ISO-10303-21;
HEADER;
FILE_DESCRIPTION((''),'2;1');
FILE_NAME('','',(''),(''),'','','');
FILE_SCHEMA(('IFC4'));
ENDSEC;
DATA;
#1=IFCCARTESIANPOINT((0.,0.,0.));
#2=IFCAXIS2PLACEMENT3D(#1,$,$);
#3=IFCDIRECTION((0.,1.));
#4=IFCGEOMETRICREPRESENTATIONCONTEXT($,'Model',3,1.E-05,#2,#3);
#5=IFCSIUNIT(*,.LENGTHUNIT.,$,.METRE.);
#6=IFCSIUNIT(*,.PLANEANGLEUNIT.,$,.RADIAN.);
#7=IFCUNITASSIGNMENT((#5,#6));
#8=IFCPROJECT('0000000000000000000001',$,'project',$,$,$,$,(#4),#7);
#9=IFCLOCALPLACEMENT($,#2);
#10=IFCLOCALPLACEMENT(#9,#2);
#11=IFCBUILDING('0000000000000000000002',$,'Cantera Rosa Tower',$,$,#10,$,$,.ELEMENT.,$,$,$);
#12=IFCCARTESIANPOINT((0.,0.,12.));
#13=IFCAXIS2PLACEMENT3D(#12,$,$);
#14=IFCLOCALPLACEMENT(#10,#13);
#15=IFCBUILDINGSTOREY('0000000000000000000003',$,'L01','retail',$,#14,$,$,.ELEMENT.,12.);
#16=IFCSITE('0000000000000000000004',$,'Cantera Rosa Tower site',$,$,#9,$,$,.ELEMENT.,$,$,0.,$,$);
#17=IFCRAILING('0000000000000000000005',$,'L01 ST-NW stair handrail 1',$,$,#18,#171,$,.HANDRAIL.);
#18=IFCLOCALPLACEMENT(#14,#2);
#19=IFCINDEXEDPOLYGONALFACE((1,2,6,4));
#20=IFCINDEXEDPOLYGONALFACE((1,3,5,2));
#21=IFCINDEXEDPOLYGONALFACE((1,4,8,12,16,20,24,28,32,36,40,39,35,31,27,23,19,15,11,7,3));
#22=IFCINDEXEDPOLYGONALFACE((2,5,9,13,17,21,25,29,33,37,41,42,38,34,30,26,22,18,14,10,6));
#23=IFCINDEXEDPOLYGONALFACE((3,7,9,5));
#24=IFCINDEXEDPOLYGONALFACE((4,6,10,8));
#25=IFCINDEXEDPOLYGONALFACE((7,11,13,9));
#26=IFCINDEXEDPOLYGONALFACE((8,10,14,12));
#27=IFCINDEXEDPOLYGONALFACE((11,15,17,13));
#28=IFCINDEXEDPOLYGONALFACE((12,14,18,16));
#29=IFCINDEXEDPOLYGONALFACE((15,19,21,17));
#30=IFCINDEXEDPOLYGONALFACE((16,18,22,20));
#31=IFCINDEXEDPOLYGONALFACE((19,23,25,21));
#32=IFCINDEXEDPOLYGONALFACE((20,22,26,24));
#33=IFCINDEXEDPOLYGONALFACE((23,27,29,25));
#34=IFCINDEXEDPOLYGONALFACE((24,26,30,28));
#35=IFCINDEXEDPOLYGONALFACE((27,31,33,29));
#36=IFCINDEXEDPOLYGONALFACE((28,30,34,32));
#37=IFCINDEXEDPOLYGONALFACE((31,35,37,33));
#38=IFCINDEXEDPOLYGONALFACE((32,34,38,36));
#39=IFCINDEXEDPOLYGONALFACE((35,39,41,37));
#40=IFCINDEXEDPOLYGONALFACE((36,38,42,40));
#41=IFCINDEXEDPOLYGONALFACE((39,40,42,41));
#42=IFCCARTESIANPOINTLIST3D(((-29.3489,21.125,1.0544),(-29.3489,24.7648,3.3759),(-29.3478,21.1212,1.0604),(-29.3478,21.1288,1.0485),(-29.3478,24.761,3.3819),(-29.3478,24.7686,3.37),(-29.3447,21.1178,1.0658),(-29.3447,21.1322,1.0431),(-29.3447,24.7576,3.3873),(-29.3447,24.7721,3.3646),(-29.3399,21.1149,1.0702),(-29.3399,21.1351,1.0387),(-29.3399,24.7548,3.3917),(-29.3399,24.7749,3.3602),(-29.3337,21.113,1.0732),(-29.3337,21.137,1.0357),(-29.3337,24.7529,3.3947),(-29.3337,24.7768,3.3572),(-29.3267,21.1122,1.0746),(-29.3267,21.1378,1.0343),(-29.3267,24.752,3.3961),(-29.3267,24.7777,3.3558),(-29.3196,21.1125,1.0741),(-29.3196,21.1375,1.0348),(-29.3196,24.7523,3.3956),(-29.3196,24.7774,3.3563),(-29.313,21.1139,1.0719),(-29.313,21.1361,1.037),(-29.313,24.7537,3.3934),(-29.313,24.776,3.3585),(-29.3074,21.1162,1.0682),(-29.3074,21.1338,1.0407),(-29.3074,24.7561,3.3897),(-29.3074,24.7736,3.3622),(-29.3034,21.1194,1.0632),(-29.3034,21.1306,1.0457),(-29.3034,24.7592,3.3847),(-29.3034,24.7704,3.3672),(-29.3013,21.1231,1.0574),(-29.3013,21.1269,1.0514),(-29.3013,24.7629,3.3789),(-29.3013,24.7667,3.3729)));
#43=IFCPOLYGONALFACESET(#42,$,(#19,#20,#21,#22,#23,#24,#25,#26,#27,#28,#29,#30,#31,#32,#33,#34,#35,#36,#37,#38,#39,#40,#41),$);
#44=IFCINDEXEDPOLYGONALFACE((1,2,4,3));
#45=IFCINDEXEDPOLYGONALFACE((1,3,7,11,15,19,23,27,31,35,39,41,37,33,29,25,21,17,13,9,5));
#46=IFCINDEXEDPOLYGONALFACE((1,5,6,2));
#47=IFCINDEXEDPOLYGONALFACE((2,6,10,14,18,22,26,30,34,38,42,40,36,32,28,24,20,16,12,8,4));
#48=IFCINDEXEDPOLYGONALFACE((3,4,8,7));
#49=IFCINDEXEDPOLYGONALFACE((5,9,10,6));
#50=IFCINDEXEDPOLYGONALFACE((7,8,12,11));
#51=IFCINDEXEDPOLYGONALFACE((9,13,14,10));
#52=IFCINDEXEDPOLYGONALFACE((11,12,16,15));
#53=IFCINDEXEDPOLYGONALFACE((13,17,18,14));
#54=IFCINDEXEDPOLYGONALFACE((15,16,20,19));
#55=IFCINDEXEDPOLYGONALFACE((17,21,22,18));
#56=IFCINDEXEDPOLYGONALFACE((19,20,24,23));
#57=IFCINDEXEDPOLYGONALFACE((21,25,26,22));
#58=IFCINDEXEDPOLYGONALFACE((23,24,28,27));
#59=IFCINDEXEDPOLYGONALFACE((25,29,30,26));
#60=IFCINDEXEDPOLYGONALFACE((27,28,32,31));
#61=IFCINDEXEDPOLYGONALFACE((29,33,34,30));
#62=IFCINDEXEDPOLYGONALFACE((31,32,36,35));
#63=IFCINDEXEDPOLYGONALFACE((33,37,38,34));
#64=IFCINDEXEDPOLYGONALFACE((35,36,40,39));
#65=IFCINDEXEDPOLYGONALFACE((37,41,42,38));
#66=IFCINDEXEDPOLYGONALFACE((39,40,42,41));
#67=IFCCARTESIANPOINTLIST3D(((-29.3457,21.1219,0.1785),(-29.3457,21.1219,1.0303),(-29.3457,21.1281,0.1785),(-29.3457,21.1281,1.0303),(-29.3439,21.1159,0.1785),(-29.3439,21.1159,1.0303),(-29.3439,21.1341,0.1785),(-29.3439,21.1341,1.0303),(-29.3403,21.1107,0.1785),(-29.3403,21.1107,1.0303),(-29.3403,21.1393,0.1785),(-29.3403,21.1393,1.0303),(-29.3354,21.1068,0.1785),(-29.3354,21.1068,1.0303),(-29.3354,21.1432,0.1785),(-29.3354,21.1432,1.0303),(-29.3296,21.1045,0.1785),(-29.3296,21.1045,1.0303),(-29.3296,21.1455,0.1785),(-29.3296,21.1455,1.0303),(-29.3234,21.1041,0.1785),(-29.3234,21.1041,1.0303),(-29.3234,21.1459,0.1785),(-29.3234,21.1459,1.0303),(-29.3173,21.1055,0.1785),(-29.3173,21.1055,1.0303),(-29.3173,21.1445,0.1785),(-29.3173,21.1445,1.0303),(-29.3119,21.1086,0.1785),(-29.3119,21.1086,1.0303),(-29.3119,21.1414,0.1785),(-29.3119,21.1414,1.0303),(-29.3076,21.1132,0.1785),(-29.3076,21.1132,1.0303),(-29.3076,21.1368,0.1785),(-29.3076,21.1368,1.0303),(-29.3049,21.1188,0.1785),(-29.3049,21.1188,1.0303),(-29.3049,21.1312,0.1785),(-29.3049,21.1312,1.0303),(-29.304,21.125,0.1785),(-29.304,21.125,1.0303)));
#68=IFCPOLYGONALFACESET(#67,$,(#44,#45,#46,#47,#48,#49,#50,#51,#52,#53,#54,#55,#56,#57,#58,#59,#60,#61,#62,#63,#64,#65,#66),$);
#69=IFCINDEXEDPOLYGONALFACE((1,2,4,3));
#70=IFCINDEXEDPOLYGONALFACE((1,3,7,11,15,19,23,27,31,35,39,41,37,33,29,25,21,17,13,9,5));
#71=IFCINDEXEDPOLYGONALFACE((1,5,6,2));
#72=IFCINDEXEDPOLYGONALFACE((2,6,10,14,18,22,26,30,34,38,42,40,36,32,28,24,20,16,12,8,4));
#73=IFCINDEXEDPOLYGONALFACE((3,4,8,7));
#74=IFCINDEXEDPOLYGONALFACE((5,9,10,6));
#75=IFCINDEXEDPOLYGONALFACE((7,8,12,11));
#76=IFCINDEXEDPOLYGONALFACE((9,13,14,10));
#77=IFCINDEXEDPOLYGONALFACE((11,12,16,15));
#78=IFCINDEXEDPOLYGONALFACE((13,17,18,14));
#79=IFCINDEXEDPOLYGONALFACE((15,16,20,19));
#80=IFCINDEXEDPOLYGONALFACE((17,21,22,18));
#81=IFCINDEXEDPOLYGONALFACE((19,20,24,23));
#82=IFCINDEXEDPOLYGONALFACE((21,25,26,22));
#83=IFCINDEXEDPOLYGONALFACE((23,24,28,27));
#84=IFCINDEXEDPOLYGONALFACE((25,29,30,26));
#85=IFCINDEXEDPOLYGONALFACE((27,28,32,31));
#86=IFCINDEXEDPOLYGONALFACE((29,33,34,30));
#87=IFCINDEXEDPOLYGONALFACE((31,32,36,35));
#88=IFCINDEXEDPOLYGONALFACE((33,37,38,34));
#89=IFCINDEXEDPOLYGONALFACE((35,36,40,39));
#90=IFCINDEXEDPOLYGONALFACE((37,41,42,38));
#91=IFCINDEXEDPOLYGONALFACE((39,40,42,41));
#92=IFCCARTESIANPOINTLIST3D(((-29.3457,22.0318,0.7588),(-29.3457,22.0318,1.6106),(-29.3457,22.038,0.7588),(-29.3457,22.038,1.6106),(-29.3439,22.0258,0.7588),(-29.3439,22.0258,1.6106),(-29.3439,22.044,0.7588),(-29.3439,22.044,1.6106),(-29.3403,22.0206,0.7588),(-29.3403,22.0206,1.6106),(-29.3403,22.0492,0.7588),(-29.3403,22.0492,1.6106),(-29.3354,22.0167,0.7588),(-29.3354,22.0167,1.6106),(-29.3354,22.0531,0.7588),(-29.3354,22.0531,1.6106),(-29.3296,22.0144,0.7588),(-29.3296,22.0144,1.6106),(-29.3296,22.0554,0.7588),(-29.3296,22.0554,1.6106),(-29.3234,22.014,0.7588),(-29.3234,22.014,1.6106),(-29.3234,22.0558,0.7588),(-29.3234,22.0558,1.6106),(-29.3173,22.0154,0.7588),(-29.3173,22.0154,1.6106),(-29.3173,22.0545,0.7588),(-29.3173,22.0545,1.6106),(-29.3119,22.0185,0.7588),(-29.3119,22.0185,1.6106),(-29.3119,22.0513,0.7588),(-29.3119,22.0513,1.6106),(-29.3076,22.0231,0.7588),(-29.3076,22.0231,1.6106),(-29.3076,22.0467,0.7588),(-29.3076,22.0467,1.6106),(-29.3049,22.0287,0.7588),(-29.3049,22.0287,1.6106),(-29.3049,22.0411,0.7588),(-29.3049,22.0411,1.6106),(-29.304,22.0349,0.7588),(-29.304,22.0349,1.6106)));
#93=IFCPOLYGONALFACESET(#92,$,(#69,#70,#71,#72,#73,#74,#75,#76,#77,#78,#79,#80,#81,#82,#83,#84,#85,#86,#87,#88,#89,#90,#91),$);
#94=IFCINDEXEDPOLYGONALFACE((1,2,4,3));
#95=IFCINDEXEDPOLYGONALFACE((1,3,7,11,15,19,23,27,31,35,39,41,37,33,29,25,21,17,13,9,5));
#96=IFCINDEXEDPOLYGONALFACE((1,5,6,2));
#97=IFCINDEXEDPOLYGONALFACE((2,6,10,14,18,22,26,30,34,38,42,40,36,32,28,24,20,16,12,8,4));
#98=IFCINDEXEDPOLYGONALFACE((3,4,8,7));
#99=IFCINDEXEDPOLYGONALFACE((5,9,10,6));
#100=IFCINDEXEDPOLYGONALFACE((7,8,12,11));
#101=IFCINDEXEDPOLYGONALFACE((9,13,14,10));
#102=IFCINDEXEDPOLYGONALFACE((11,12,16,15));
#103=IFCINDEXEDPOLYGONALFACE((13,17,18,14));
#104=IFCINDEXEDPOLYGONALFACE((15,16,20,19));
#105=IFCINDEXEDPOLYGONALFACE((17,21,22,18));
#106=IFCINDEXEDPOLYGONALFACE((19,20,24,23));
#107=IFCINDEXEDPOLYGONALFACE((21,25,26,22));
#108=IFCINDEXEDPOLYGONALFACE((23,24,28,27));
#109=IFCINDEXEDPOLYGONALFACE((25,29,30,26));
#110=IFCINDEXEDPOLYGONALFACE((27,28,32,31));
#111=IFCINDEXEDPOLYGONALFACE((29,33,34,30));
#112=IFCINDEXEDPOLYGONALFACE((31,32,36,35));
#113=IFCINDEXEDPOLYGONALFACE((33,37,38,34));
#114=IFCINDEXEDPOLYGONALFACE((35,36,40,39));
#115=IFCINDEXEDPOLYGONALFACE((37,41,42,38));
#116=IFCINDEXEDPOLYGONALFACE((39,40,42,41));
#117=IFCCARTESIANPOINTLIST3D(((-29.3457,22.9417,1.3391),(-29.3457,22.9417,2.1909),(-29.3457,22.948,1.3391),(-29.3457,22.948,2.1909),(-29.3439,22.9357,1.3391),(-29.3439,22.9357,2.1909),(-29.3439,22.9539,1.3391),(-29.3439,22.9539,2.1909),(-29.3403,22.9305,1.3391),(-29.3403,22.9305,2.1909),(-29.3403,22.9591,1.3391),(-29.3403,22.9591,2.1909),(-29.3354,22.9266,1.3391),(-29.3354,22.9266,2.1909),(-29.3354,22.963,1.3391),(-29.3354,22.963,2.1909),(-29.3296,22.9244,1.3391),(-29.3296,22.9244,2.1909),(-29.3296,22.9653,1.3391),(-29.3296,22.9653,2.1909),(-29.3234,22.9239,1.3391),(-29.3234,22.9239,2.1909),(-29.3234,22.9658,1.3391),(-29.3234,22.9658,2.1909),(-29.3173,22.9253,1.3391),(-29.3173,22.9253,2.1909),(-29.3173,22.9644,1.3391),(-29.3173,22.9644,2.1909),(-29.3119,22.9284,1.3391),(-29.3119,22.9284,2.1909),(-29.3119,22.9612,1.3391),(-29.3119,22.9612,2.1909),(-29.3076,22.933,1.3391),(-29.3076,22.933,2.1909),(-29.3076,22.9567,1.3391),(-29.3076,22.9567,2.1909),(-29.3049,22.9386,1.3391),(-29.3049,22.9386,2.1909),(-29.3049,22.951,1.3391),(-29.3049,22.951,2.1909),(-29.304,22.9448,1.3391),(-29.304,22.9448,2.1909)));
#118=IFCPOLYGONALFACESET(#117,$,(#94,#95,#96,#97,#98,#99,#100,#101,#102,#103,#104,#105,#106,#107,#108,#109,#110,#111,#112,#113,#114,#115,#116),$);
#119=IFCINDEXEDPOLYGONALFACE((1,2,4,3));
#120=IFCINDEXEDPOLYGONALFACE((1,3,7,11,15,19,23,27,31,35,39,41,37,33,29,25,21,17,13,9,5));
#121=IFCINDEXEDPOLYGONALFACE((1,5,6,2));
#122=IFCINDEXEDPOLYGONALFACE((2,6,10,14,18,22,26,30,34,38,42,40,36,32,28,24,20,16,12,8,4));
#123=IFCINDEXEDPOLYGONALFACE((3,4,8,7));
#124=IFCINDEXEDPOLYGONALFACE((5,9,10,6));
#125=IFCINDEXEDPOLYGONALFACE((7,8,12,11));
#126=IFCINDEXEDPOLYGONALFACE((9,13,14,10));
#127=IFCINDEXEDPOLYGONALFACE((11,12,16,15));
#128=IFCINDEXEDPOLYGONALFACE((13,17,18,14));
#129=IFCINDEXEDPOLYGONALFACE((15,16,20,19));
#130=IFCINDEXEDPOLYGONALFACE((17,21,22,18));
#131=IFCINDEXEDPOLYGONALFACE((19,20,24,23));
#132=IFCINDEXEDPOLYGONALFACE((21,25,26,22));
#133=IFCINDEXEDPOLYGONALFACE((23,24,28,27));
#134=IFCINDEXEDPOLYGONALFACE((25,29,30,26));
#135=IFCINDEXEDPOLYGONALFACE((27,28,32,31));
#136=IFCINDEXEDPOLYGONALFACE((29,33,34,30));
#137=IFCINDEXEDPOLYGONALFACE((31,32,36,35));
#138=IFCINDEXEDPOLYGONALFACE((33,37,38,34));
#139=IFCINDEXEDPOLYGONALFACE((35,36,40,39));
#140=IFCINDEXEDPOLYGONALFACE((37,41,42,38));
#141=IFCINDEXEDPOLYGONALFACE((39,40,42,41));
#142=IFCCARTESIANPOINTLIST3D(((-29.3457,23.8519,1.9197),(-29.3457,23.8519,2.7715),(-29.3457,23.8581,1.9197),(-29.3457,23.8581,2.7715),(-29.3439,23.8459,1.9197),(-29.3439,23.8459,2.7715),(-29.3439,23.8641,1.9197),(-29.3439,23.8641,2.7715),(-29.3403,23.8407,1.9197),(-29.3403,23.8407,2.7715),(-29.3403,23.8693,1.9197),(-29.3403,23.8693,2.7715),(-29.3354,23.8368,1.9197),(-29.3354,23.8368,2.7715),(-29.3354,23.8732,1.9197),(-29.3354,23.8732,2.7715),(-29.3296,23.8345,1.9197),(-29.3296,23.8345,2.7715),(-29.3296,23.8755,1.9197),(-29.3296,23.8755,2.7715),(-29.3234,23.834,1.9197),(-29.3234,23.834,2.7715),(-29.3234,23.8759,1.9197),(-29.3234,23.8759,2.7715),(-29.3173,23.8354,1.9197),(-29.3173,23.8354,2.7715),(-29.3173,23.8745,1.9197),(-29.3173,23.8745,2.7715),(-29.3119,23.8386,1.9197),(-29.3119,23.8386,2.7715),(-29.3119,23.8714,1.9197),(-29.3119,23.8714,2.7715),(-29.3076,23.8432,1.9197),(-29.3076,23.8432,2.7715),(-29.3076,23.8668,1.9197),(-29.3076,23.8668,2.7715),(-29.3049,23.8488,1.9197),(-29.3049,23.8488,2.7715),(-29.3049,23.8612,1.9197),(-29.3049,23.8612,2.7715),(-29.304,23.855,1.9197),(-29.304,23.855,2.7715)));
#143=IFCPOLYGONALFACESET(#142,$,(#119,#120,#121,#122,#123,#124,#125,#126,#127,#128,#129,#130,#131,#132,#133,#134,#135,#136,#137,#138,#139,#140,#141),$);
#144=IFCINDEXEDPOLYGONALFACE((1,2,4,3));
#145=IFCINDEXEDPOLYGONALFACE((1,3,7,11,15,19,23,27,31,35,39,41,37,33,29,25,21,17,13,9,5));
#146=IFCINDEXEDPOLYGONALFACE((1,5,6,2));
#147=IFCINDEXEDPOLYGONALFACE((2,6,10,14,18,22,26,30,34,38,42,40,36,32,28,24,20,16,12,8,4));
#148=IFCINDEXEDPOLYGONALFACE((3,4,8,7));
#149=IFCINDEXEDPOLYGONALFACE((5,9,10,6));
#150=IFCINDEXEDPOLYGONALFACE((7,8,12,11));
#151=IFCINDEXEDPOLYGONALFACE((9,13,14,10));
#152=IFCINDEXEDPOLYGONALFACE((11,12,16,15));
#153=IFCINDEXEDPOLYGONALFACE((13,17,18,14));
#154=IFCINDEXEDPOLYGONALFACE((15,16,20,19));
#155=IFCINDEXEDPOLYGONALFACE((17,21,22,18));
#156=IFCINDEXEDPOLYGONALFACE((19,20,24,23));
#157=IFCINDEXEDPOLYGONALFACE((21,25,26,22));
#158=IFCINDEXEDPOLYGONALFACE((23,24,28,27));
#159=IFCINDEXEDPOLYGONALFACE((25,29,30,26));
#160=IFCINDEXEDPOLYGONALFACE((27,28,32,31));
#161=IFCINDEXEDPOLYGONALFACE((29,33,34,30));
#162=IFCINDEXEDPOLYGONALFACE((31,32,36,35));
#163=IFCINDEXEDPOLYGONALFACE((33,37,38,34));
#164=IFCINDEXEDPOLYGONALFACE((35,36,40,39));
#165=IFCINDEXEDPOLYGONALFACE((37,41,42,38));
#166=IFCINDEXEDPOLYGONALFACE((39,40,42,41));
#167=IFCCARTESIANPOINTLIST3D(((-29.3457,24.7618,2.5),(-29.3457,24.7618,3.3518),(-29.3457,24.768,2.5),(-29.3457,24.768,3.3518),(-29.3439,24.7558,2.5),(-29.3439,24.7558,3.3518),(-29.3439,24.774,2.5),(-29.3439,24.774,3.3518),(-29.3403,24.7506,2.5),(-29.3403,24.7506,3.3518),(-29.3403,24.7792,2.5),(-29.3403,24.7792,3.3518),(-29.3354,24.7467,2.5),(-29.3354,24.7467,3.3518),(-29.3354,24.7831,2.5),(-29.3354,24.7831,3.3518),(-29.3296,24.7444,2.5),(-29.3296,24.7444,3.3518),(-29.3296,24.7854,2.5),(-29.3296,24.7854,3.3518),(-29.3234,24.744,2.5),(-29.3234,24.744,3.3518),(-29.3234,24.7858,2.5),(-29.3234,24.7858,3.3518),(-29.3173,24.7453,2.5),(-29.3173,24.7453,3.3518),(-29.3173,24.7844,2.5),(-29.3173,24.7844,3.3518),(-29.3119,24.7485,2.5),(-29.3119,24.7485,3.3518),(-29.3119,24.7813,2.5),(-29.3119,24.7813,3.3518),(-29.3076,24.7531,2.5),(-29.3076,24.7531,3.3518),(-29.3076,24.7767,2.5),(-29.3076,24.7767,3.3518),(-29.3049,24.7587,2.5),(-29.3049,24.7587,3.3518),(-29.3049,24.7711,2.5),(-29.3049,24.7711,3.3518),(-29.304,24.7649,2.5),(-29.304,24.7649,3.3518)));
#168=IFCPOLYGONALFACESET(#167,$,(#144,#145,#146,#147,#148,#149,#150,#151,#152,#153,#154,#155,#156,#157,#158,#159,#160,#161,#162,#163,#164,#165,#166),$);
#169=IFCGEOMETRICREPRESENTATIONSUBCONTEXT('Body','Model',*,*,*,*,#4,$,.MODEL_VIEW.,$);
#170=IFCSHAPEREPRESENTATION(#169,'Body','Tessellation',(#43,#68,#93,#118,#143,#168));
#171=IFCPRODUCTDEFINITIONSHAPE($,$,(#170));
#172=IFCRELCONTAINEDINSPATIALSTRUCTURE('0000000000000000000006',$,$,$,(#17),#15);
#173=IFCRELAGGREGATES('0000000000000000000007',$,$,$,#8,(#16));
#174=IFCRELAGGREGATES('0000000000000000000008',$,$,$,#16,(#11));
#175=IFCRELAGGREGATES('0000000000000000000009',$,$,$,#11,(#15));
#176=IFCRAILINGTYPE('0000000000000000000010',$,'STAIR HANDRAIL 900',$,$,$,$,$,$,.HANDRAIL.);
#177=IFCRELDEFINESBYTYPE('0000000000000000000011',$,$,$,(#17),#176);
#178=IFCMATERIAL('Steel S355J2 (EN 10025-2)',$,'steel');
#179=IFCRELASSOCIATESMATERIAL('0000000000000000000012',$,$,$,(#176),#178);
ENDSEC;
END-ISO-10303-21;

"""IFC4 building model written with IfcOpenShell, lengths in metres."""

from ifc_helpers import new_model, si_unit, direction, frame, origin, origin_2d, place, context, subcontext, project, spatial, circle, extrude, material, type_object, element, save


model = new_model("IFC4")

# Units and contexts
model_context = context("Model", 3, precision=1e-05, world=origin(), true_north=direction((0.0, 1.0)))
body_context = subcontext(model_context, "Body", "Model", "MODEL_VIEW")
ifc_project = project(units=[si_unit("LENGTHUNIT", "METRE"), si_unit("PLANEANGLEUNIT", "RADIAN")], contexts=[model_context])

# Site, building, storey
site_placement = place(None, origin())
site = spatial("IfcSite", under=ifc_project, at=site_placement, Name="Cantera Rosa Tower site", CompositionType="ELEMENT", RefElevation=0.0)
building_placement = place(site_placement, origin())
building = spatial("IfcBuilding", under=site, at=building_placement, Name="Cantera Rosa Tower", CompositionType="ELEMENT")
storey_placement = place(building_placement, frame((0.0, 0.0, 12.0)))
storey = spatial("IfcBuildingStorey", under=building, at=storey_placement, Name="L01", Description="retail", CompositionType="ELEMENT", Elevation=12.0)

# Railing
ifc_material_1 = material(Name="Steel S355J2 (EN 10025-2)", Category="steel")
railing_type_1 = type_object("IfcRailingType", Name="STAIR HANDRAIL 900", PredefinedType="HANDRAIL", material=ifc_material_1)
railing_1_placement = place(storey_placement, frame((-29.325, 21.125, 0.1785)))
element("IfcRailing", 1, at=railing_1_placement, inside=storey, type_object=railing_type_1, Name="L01 ST-NW stair handrail 1", PredefinedType="HANDRAIL", context=body_context, shape_type="SweptSolid", body=[
    extrude(circle(Radius=0.0239, at=origin_2d()), frame((0.0, 0.0, 0.876), z_axis=(0.0, 0.843112, 0.537739), x_axis=(-1.0, 0.0, 0.0)), (0.0, 0.0, 1.0), 4.3171),
    extrude(circle(Radius=0.021, at=origin_2d()), origin(), (0.0, 0.0, 1.0), 0.8518),
    extrude(circle(Radius=0.021, at=origin_2d()), frame((0.0, 0.9099, 0.5803)), (0.0, 0.0, 1.0), 0.8518),
    extrude(circle(Radius=0.021, at=origin_2d()), frame((0.0, 1.8198, 1.1606)), (0.0, 0.0, 1.0), 0.8518),
    extrude(circle(Radius=0.021, at=origin_2d()), frame((0.0, 2.73, 1.7412)), (0.0, 0.0, 1.0), 0.8518),
    extrude(circle(Radius=0.021, at=origin_2d()), frame((0.0, 3.6399, 2.3215)), (0.0, 0.0, 1.0), 0.8518),
])

save(model, "model.ifc")
